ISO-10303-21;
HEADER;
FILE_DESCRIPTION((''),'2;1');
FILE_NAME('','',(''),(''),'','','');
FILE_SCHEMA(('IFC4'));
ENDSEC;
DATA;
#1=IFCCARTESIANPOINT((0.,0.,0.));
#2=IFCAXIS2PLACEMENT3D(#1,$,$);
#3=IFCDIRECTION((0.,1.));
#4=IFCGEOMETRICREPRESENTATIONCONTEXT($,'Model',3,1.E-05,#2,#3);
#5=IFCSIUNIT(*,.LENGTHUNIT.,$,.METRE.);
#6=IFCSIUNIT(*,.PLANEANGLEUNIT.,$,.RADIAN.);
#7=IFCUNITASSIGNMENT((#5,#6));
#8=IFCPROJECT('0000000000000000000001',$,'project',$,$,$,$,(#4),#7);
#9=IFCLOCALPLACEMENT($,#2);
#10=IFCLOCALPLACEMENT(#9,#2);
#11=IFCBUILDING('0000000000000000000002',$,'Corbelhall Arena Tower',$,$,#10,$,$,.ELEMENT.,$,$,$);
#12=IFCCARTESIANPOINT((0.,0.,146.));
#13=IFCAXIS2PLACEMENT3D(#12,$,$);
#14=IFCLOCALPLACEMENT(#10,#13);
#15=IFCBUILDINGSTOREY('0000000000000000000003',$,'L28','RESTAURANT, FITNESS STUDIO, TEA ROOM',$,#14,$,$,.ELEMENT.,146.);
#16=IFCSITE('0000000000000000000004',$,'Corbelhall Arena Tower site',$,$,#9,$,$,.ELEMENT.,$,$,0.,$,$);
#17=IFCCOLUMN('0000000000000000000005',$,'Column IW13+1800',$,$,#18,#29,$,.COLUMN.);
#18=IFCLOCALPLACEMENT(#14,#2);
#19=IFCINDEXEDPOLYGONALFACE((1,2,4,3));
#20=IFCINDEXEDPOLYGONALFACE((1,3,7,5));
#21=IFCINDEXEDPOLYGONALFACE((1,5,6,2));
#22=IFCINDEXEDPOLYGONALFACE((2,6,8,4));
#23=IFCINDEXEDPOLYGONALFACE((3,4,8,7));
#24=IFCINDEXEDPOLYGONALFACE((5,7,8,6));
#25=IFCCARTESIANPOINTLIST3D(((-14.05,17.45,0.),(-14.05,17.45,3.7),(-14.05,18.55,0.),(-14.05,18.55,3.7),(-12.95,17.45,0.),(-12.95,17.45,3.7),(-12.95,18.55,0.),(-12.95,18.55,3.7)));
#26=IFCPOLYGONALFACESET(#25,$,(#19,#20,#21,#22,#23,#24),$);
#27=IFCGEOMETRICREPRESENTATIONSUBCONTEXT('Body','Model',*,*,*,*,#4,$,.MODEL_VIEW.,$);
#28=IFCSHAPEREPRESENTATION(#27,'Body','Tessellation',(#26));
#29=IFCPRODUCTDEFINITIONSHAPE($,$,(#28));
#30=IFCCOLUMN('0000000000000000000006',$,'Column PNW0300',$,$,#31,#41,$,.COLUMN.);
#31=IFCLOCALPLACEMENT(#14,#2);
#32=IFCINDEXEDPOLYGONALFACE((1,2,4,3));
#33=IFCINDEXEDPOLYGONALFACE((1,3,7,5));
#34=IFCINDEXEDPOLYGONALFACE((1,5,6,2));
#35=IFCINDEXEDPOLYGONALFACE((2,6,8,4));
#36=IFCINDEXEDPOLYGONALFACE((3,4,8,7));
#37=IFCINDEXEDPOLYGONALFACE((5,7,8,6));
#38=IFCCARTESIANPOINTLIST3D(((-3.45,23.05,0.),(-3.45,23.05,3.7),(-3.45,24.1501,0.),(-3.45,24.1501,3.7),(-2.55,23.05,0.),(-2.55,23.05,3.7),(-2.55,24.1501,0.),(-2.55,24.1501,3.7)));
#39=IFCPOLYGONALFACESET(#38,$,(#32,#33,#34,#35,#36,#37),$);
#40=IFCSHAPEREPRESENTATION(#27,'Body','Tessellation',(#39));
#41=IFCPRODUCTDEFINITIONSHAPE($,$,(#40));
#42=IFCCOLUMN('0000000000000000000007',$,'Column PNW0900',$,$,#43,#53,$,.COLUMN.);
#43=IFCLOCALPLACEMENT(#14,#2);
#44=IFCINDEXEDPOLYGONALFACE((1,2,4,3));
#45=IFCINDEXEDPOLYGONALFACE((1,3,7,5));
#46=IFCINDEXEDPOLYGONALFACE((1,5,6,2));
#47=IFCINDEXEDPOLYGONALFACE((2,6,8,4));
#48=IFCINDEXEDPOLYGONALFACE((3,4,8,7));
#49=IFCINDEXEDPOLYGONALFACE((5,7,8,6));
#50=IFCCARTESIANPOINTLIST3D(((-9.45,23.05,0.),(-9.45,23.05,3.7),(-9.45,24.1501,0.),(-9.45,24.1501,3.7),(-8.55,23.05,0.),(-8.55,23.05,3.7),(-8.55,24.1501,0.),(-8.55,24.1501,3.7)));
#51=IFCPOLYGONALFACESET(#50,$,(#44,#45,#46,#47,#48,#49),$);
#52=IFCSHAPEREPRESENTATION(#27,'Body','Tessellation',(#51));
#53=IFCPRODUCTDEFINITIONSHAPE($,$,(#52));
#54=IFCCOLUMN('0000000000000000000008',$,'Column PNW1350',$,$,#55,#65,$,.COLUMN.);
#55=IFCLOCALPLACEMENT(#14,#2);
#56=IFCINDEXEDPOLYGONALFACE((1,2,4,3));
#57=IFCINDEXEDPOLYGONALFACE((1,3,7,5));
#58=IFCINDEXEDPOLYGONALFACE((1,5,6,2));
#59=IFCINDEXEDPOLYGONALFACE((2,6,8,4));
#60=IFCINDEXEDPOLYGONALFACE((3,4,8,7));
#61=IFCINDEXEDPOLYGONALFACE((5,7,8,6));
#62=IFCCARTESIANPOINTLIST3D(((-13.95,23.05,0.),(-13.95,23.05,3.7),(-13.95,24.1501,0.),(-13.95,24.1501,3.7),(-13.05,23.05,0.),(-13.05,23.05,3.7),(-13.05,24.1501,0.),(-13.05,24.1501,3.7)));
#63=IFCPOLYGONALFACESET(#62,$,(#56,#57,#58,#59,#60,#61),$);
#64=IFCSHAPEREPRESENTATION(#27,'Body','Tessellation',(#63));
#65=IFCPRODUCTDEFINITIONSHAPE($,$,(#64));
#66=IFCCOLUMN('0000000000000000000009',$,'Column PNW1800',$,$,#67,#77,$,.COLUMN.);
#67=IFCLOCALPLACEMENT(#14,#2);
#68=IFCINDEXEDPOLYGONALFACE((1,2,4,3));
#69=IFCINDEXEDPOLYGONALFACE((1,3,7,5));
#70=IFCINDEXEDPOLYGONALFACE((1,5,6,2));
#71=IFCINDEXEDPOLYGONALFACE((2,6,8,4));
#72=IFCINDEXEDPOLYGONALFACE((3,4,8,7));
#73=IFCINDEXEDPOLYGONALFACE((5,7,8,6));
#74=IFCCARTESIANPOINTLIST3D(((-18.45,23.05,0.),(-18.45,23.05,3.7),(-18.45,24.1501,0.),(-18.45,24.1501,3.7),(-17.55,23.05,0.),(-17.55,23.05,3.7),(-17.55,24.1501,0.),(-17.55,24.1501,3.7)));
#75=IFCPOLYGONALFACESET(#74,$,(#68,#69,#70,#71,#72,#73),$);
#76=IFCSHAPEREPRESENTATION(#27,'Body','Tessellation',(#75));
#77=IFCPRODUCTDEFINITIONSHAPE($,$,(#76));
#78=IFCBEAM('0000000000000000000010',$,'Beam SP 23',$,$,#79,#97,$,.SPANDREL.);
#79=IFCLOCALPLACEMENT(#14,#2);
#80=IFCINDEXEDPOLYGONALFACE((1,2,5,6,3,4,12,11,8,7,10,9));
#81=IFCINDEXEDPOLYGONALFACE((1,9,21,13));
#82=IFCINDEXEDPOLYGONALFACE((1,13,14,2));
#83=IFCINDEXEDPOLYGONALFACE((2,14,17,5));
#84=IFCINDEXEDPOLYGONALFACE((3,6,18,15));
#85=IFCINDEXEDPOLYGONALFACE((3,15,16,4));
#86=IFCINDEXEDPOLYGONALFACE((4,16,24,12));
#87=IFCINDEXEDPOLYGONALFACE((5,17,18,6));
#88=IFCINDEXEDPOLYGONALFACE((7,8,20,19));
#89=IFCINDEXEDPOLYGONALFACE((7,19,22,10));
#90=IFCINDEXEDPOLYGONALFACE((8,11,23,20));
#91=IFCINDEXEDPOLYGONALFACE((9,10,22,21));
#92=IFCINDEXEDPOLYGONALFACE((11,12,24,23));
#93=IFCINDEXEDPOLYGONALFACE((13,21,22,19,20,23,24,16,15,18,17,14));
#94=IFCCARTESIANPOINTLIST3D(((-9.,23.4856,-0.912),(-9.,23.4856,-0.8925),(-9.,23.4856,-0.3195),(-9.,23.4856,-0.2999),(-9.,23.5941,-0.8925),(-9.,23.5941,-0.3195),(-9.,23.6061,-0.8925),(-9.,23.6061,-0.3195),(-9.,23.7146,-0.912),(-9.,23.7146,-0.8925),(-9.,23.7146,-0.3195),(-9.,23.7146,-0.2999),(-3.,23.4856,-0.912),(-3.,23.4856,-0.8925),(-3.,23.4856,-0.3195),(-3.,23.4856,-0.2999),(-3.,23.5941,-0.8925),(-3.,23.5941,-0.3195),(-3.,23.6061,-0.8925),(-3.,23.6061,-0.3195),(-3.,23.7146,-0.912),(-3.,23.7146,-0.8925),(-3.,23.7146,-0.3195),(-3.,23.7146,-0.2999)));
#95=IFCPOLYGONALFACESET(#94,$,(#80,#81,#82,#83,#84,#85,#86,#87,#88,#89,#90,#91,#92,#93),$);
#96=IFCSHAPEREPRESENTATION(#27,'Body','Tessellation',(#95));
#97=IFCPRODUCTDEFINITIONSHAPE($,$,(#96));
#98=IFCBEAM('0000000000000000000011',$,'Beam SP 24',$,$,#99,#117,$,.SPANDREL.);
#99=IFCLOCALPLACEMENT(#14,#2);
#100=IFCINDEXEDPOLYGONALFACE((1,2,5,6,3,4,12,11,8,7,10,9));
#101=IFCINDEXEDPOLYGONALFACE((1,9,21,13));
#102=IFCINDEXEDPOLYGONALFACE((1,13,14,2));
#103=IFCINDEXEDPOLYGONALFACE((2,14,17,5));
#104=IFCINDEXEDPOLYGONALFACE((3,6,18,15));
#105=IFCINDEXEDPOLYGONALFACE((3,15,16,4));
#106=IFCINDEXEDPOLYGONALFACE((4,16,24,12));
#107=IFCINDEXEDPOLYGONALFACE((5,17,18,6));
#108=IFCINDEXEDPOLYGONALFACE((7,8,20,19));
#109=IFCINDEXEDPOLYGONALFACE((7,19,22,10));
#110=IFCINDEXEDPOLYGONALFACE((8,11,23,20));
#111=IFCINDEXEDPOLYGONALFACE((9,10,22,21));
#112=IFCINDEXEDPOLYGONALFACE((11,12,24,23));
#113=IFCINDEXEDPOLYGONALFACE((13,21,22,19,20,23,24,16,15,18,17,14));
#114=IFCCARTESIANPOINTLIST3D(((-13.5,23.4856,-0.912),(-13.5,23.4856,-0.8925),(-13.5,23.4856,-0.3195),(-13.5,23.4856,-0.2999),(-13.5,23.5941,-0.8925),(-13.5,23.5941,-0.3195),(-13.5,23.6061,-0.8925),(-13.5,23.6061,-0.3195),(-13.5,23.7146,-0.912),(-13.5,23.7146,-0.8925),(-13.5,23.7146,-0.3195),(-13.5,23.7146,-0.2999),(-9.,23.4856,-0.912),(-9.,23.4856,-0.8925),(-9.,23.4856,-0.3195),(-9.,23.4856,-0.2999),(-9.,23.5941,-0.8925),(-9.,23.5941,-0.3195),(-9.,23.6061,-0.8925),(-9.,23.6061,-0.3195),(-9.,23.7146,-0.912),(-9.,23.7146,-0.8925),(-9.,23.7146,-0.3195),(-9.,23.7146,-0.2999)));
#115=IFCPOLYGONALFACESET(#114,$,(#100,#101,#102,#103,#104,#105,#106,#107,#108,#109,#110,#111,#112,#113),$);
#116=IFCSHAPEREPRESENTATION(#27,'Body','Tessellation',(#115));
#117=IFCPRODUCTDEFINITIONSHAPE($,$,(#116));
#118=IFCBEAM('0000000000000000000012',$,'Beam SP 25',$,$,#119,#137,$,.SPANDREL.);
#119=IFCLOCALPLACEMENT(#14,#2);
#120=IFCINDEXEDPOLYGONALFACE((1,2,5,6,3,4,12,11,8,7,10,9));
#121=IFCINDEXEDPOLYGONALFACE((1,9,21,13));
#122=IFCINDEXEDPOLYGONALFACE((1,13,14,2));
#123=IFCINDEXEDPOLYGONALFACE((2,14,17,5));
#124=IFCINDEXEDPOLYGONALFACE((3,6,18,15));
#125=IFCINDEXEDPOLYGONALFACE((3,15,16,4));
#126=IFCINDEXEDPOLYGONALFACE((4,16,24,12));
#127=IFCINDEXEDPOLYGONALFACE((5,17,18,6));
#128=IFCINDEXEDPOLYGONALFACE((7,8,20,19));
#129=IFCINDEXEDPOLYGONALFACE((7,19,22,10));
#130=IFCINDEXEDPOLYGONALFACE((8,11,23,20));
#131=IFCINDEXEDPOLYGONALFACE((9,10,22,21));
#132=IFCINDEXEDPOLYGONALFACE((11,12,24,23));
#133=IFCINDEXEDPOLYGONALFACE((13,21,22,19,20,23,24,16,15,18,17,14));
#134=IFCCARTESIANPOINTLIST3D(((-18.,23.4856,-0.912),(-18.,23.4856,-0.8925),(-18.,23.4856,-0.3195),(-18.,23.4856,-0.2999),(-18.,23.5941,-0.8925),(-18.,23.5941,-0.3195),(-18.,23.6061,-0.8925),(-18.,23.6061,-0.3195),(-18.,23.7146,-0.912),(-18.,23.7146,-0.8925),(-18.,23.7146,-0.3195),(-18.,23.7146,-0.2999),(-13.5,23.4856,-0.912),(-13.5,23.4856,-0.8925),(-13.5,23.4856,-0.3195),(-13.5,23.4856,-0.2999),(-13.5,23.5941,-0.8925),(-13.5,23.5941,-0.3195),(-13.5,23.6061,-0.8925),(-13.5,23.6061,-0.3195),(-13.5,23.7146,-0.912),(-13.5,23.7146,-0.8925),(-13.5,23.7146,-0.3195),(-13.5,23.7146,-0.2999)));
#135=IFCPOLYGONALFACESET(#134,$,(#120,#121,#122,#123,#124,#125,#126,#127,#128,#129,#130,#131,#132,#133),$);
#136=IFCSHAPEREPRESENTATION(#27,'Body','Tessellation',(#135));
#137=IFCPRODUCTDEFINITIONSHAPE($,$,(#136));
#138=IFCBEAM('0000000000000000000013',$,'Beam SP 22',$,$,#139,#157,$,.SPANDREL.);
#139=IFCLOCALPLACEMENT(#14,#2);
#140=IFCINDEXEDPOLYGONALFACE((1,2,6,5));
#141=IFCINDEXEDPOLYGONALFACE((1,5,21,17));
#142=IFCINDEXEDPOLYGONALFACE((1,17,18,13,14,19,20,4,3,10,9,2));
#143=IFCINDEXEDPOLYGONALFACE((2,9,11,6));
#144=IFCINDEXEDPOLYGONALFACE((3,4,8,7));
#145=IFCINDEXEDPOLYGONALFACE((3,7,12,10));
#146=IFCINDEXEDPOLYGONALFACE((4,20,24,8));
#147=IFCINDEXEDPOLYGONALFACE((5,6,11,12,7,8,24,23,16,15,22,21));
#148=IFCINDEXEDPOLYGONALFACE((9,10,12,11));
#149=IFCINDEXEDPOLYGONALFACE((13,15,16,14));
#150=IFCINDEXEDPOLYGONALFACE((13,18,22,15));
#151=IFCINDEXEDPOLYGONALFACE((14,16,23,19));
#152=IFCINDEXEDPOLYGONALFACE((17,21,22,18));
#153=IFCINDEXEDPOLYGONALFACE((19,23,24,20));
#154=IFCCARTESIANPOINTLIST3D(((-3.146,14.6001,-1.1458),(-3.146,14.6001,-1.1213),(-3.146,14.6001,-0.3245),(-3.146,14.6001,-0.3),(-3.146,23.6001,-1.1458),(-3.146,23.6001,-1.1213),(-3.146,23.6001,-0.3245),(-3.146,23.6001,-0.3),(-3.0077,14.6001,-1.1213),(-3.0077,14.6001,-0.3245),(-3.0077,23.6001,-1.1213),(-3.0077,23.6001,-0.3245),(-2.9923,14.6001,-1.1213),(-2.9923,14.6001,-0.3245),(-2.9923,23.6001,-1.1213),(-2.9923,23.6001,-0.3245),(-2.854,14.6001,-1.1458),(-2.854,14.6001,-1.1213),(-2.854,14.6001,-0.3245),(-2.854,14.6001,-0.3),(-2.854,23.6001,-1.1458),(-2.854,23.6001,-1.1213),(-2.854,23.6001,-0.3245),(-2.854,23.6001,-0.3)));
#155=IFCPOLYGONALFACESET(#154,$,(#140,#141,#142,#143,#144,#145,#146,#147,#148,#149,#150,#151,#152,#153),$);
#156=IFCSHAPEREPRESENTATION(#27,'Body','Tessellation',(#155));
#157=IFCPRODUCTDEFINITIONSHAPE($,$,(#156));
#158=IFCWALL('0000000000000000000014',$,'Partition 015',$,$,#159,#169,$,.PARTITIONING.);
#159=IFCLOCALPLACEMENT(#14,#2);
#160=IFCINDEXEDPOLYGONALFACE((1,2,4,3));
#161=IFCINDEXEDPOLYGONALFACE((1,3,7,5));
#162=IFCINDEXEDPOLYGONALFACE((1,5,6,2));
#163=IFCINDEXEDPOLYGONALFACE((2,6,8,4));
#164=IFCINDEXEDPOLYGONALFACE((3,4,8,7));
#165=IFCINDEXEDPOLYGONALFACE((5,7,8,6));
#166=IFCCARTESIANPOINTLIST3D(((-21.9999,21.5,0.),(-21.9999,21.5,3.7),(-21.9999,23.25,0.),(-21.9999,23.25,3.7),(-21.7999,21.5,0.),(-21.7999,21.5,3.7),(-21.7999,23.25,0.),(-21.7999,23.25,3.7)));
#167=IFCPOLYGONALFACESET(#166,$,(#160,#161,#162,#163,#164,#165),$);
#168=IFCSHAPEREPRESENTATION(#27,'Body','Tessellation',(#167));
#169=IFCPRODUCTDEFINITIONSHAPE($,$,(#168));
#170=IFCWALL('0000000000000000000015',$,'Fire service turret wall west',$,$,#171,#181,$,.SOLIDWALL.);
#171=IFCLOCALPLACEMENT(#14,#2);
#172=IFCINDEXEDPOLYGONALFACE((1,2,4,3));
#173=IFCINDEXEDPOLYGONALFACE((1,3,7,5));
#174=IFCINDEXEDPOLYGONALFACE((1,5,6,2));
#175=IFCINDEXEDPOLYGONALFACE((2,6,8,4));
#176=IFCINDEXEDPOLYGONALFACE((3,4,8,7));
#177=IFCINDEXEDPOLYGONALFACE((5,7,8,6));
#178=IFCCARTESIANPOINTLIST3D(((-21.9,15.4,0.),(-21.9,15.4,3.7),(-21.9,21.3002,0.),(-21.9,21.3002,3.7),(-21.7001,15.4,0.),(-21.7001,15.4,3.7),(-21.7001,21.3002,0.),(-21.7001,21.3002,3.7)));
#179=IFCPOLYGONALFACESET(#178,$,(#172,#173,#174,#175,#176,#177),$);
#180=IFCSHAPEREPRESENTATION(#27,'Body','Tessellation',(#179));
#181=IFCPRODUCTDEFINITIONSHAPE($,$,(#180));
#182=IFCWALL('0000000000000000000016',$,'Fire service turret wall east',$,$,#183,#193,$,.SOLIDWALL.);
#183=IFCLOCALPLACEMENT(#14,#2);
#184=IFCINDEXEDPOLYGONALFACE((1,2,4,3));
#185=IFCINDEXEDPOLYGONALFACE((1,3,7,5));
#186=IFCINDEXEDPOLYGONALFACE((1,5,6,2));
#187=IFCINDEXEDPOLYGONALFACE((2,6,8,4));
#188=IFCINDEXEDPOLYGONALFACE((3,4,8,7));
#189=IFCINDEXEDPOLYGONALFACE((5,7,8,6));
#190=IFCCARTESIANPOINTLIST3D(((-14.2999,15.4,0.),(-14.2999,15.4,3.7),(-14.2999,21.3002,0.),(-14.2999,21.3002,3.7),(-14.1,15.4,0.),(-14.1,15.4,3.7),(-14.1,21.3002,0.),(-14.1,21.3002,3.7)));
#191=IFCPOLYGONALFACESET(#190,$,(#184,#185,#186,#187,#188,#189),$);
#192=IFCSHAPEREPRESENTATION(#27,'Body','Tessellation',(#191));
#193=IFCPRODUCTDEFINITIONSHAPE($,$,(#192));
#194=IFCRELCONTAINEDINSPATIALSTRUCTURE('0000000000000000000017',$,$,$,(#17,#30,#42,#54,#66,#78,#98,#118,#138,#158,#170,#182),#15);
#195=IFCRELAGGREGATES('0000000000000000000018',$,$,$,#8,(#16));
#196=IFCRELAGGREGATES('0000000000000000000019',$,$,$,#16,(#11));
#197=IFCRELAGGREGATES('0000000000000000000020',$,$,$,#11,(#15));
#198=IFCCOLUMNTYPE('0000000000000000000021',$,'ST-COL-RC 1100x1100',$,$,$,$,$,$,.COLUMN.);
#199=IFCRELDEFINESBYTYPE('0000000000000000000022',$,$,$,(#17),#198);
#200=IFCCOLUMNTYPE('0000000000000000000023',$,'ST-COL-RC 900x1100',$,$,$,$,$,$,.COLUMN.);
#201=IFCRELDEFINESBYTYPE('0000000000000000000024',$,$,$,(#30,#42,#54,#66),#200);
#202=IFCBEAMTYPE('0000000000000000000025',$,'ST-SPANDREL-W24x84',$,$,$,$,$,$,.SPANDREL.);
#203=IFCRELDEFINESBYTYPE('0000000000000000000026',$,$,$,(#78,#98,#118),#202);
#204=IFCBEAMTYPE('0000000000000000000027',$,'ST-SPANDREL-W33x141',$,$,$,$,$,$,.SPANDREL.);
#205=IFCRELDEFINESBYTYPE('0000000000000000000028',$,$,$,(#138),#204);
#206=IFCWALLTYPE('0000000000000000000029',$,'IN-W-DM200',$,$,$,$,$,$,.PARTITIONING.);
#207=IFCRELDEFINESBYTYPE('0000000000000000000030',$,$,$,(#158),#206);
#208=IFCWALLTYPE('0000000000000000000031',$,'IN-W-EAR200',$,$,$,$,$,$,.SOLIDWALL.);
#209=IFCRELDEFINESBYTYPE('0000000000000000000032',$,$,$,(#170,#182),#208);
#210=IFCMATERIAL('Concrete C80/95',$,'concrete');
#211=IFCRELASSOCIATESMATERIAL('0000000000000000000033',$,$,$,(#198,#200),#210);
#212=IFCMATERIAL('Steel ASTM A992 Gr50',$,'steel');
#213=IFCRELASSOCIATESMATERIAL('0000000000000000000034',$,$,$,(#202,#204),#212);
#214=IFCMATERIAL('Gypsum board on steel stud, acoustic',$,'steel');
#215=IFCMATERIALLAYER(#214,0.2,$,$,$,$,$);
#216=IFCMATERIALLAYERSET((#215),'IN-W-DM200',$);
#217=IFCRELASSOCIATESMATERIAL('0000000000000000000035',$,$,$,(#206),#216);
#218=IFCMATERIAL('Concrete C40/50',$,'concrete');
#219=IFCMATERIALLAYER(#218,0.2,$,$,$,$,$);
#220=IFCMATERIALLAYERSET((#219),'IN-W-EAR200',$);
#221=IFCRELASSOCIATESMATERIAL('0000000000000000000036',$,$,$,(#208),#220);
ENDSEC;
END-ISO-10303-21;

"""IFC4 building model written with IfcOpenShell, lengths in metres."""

from ifc_helpers import new_model, si_unit, direction, frame, frame_2d, origin, origin_2d, place, context, subcontext, project, spatial, rectangle, i_section, extrude, material, layer, layer_set, material_profile, profile_set, type_object, element, save


model = new_model("IFC4")

# Units and contexts
model_context = context("Model", 3, precision=1e-05, world=origin(), true_north=direction((0.0, 1.0)))
body_context = subcontext(model_context, "Body", "Model", "MODEL_VIEW")
ifc_project = project(units=[si_unit("LENGTHUNIT", "METRE"), si_unit("PLANEANGLEUNIT", "RADIAN")], contexts=[model_context])

# Site, building, storey
site_placement = place(None, origin())
site = spatial("IfcSite", under=ifc_project, at=site_placement, Name="Corbelhall Arena Tower site", CompositionType="ELEMENT", RefElevation=0.0)
building_placement = place(site_placement, origin())
building = spatial("IfcBuilding", under=site, at=building_placement, Name="Corbelhall Arena Tower", CompositionType="ELEMENT")
storey_placement = place(building_placement, frame((0.0, 0.0, 146.0)))
storey = spatial("IfcBuildingStorey", under=building, at=storey_placement, Name="L28", Description="RESTAURANT, FITNESS STUDIO, TEA ROOM", CompositionType="ELEMENT", Elevation=146.0)

# Columns
ifc_material_1 = material(Name="Concrete C80/95", Category="concrete")
ifc_material_profile_1 = material_profile(ifc_material_1, rectangle(XDim=1.1001, YDim=1.1001, at=origin_2d()))
ifc_profile_set_1 = profile_set([ifc_material_profile_1], Name="Concrete C80/95")
column_type_1 = type_object("IfcColumnType", Name="ST-COL-RC 1100x1100", PredefinedType="COLUMN", material=ifc_profile_set_1)
column_placement = place(storey_placement, frame((-13.5, 18.0, 0.0), z_axis=(0.0, 0.0, 1.0), x_axis=(1.0, 0.0, 0.0)))
element("IfcColumn", 1, at=column_placement, inside=storey, type_object=column_type_1, Name="Column IW13+1800", PredefinedType="COLUMN", context=body_context, shape_type="SweptSolid", body=[
    extrude(rectangle(XDim=1.1001, YDim=1.1001, at=origin_2d()), origin(), (0.0, 0.0, 1.0), 3.7),
])
ifc_material_profile_2 = material_profile(ifc_material_1, rectangle(XDim=0.8999, YDim=1.1001, at=origin_2d()))
ifc_profile_set_2 = profile_set([ifc_material_profile_2], Name="Concrete C80/95")
column_type_2 = type_object("IfcColumnType", Name="ST-COL-RC 900x1100", PredefinedType="COLUMN", material=ifc_profile_set_2)
for number, where, z_axis, x_axis, name in (
    (2, (-3.0, 23.6001, 0.0), (0.0, 0.0, 1.0), (1.0, 0.0, 0.0), "Column PNW0300"),
    (3, (-9.0, 23.6001, 0.0), (0.0, 0.0, 1.0), (1.0, 0.0, 0.0), "Column PNW0900"),
    (4, (-13.5, 23.6001, 0.0), (0.0, 0.0, 1.0), (1.0, 0.0, 0.0), "Column PNW1350"),
    (5, (-18.0, 23.6001, 0.0), (0.0, 0.0, 1.0), (1.0, 0.0, 0.0), "Column PNW1800"),
):
    element("IfcColumn", number, at=place(storey_placement, frame(where, z_axis=z_axis, x_axis=x_axis)), inside=storey, type_object=column_type_2, Name=name, PredefinedType="COLUMN", context=body_context, shape_type="SweptSolid", body=[
        extrude(rectangle(XDim=0.8999, YDim=1.1001, at=origin_2d()), origin(), (0.0, 0.0, 1.0), 3.7),
    ])

# Beams
ifc_material_2 = material(Name="Steel ASTM A992 Gr50", Category="steel")
ifc_material_profile_3 = material_profile(ifc_material_2, i_section(OverallWidth=0.229, OverallDepth=0.6121, WebThickness=0.012, FlangeThickness=0.0195, at=origin_2d()))
ifc_profile_set_3 = profile_set([ifc_material_profile_3], Name="Steel ASTM A992 Gr50")
beam_type_1 = type_object("IfcBeamType", Name="ST-SPANDREL-W24x84", PredefinedType="SPANDREL", material=ifc_profile_set_3)
beam_1_placement = place(storey_placement, frame((-9.0, 23.6001, -0.606), z_axis=(1.0, 0.0, 0.0), x_axis=(0.0, 1.0, 0.0)))
element("IfcBeam", 6, at=beam_1_placement, inside=storey, type_object=beam_type_1, Name="Beam SP 23", PredefinedType="SPANDREL", context=body_context, shape_type="SweptSolid", body=[
    extrude(i_section(OverallWidth=0.229, OverallDepth=0.6121, WebThickness=0.012, FlangeThickness=0.0195, at=origin_2d()), origin(), (0.0, 0.0, 1.0), 6.0),
])
for number, where, z_axis, x_axis, name in (
    (7, (-13.5, 23.6001, -0.606), (1.0, 0.0, 0.0), (0.0, 1.0, 0.0), "Beam SP 24"),
    (8, (-18.0, 23.6001, -0.606), (1.0, 0.0, 0.0), (0.0, 1.0, 0.0), "Beam SP 25"),
):
    element("IfcBeam", number, at=place(storey_placement, frame(where, z_axis=z_axis, x_axis=x_axis)), inside=storey, type_object=beam_type_1, Name=name, PredefinedType="SPANDREL", context=body_context, shape_type="SweptSolid", body=[
        extrude(i_section(OverallWidth=0.229, OverallDepth=0.6121, WebThickness=0.012, FlangeThickness=0.0195, at=origin_2d()), origin(), (0.0, 0.0, 1.0), 4.5),
    ])
ifc_material_profile_4 = material_profile(ifc_material_2, i_section(OverallWidth=0.292, OverallDepth=0.8457, WebThickness=0.0154, FlangeThickness=0.0244, at=origin_2d()))
ifc_profile_set_4 = profile_set([ifc_material_profile_4], Name="Steel ASTM A992 Gr50")
beam_type_2 = type_object("IfcBeamType", Name="ST-SPANDREL-W33x141", PredefinedType="SPANDREL", material=ifc_profile_set_4)
beam_2_placement = place(storey_placement, frame((-3.0, 23.6001, -0.7229), z_axis=(0.0, -1.0, 0.0), x_axis=(1.0, 0.0, 0.0)))
element("IfcBeam", 9, at=beam_2_placement, inside=storey, type_object=beam_type_2, Name="Beam SP 22", PredefinedType="SPANDREL", context=body_context, shape_type="SweptSolid", body=[
    extrude(i_section(OverallWidth=0.292, OverallDepth=0.8457, WebThickness=0.0154, FlangeThickness=0.0244, at=origin_2d()), origin(), (0.0, 0.0, 1.0), 9.0),
])

# Wall
ifc_material_3 = material(Name="Gypsum board on steel stud, acoustic", Category="steel")
ifc_layer_1 = layer(ifc_material_3, 0.2)
ifc_layer_set_1 = layer_set([ifc_layer_1], Name="IN-W-DM200")
wall_type_1 = type_object("IfcWallType", Name="IN-W-DM200", PredefinedType="PARTITIONING", material=ifc_layer_set_1)
wall_1_placement = place(storey_placement, frame((-21.8999, 21.5, 0.0), z_axis=(0.0, 0.0, 1.0), x_axis=(0.0, 1.0, 0.0)))
element("IfcWall", 10, at=wall_1_placement, inside=storey, type_object=wall_type_1, Name="Partition 015", PredefinedType="PARTITIONING", context=body_context, shape_type="SweptSolid", body=[
    extrude(rectangle(XDim=1.75, YDim=0.2, at=frame_2d((0.875, 0.0))), origin(), (0.0, 0.0, 1.0), 3.7),
])

# Walls
ifc_material_4 = material(Name="Concrete C40/50", Category="concrete")
ifc_layer_2 = layer(ifc_material_4, 0.2)
ifc_layer_set_2 = layer_set([ifc_layer_2], Name="IN-W-EAR200")
wall_type_2 = type_object("IfcWallType", Name="IN-W-EAR200", PredefinedType="SOLIDWALL", material=ifc_layer_set_2)
for number, where, z_axis, x_axis, name in (
    (11, (-21.8, 15.3999, 0.0), (0.0, 0.0, 1.0), (0.0, 1.0, 0.0), "Fire service turret wall west"),
    (12, (-14.2, 15.3999, 0.0), (0.0, 0.0, 1.0), (0.0, 1.0, 0.0), "Fire service turret wall east"),
):
    element("IfcWall", number, at=place(storey_placement, frame(where, z_axis=z_axis, x_axis=x_axis)), inside=storey, type_object=wall_type_2, Name=name, PredefinedType="SOLIDWALL", context=body_context, shape_type="SweptSolid", body=[
        extrude(rectangle(XDim=5.9001, YDim=0.2, at=frame_2d((2.9502, 0.0))), origin(), (0.0, 0.0, 1.0), 3.7),
    ])

save(model, "model.ifc")
